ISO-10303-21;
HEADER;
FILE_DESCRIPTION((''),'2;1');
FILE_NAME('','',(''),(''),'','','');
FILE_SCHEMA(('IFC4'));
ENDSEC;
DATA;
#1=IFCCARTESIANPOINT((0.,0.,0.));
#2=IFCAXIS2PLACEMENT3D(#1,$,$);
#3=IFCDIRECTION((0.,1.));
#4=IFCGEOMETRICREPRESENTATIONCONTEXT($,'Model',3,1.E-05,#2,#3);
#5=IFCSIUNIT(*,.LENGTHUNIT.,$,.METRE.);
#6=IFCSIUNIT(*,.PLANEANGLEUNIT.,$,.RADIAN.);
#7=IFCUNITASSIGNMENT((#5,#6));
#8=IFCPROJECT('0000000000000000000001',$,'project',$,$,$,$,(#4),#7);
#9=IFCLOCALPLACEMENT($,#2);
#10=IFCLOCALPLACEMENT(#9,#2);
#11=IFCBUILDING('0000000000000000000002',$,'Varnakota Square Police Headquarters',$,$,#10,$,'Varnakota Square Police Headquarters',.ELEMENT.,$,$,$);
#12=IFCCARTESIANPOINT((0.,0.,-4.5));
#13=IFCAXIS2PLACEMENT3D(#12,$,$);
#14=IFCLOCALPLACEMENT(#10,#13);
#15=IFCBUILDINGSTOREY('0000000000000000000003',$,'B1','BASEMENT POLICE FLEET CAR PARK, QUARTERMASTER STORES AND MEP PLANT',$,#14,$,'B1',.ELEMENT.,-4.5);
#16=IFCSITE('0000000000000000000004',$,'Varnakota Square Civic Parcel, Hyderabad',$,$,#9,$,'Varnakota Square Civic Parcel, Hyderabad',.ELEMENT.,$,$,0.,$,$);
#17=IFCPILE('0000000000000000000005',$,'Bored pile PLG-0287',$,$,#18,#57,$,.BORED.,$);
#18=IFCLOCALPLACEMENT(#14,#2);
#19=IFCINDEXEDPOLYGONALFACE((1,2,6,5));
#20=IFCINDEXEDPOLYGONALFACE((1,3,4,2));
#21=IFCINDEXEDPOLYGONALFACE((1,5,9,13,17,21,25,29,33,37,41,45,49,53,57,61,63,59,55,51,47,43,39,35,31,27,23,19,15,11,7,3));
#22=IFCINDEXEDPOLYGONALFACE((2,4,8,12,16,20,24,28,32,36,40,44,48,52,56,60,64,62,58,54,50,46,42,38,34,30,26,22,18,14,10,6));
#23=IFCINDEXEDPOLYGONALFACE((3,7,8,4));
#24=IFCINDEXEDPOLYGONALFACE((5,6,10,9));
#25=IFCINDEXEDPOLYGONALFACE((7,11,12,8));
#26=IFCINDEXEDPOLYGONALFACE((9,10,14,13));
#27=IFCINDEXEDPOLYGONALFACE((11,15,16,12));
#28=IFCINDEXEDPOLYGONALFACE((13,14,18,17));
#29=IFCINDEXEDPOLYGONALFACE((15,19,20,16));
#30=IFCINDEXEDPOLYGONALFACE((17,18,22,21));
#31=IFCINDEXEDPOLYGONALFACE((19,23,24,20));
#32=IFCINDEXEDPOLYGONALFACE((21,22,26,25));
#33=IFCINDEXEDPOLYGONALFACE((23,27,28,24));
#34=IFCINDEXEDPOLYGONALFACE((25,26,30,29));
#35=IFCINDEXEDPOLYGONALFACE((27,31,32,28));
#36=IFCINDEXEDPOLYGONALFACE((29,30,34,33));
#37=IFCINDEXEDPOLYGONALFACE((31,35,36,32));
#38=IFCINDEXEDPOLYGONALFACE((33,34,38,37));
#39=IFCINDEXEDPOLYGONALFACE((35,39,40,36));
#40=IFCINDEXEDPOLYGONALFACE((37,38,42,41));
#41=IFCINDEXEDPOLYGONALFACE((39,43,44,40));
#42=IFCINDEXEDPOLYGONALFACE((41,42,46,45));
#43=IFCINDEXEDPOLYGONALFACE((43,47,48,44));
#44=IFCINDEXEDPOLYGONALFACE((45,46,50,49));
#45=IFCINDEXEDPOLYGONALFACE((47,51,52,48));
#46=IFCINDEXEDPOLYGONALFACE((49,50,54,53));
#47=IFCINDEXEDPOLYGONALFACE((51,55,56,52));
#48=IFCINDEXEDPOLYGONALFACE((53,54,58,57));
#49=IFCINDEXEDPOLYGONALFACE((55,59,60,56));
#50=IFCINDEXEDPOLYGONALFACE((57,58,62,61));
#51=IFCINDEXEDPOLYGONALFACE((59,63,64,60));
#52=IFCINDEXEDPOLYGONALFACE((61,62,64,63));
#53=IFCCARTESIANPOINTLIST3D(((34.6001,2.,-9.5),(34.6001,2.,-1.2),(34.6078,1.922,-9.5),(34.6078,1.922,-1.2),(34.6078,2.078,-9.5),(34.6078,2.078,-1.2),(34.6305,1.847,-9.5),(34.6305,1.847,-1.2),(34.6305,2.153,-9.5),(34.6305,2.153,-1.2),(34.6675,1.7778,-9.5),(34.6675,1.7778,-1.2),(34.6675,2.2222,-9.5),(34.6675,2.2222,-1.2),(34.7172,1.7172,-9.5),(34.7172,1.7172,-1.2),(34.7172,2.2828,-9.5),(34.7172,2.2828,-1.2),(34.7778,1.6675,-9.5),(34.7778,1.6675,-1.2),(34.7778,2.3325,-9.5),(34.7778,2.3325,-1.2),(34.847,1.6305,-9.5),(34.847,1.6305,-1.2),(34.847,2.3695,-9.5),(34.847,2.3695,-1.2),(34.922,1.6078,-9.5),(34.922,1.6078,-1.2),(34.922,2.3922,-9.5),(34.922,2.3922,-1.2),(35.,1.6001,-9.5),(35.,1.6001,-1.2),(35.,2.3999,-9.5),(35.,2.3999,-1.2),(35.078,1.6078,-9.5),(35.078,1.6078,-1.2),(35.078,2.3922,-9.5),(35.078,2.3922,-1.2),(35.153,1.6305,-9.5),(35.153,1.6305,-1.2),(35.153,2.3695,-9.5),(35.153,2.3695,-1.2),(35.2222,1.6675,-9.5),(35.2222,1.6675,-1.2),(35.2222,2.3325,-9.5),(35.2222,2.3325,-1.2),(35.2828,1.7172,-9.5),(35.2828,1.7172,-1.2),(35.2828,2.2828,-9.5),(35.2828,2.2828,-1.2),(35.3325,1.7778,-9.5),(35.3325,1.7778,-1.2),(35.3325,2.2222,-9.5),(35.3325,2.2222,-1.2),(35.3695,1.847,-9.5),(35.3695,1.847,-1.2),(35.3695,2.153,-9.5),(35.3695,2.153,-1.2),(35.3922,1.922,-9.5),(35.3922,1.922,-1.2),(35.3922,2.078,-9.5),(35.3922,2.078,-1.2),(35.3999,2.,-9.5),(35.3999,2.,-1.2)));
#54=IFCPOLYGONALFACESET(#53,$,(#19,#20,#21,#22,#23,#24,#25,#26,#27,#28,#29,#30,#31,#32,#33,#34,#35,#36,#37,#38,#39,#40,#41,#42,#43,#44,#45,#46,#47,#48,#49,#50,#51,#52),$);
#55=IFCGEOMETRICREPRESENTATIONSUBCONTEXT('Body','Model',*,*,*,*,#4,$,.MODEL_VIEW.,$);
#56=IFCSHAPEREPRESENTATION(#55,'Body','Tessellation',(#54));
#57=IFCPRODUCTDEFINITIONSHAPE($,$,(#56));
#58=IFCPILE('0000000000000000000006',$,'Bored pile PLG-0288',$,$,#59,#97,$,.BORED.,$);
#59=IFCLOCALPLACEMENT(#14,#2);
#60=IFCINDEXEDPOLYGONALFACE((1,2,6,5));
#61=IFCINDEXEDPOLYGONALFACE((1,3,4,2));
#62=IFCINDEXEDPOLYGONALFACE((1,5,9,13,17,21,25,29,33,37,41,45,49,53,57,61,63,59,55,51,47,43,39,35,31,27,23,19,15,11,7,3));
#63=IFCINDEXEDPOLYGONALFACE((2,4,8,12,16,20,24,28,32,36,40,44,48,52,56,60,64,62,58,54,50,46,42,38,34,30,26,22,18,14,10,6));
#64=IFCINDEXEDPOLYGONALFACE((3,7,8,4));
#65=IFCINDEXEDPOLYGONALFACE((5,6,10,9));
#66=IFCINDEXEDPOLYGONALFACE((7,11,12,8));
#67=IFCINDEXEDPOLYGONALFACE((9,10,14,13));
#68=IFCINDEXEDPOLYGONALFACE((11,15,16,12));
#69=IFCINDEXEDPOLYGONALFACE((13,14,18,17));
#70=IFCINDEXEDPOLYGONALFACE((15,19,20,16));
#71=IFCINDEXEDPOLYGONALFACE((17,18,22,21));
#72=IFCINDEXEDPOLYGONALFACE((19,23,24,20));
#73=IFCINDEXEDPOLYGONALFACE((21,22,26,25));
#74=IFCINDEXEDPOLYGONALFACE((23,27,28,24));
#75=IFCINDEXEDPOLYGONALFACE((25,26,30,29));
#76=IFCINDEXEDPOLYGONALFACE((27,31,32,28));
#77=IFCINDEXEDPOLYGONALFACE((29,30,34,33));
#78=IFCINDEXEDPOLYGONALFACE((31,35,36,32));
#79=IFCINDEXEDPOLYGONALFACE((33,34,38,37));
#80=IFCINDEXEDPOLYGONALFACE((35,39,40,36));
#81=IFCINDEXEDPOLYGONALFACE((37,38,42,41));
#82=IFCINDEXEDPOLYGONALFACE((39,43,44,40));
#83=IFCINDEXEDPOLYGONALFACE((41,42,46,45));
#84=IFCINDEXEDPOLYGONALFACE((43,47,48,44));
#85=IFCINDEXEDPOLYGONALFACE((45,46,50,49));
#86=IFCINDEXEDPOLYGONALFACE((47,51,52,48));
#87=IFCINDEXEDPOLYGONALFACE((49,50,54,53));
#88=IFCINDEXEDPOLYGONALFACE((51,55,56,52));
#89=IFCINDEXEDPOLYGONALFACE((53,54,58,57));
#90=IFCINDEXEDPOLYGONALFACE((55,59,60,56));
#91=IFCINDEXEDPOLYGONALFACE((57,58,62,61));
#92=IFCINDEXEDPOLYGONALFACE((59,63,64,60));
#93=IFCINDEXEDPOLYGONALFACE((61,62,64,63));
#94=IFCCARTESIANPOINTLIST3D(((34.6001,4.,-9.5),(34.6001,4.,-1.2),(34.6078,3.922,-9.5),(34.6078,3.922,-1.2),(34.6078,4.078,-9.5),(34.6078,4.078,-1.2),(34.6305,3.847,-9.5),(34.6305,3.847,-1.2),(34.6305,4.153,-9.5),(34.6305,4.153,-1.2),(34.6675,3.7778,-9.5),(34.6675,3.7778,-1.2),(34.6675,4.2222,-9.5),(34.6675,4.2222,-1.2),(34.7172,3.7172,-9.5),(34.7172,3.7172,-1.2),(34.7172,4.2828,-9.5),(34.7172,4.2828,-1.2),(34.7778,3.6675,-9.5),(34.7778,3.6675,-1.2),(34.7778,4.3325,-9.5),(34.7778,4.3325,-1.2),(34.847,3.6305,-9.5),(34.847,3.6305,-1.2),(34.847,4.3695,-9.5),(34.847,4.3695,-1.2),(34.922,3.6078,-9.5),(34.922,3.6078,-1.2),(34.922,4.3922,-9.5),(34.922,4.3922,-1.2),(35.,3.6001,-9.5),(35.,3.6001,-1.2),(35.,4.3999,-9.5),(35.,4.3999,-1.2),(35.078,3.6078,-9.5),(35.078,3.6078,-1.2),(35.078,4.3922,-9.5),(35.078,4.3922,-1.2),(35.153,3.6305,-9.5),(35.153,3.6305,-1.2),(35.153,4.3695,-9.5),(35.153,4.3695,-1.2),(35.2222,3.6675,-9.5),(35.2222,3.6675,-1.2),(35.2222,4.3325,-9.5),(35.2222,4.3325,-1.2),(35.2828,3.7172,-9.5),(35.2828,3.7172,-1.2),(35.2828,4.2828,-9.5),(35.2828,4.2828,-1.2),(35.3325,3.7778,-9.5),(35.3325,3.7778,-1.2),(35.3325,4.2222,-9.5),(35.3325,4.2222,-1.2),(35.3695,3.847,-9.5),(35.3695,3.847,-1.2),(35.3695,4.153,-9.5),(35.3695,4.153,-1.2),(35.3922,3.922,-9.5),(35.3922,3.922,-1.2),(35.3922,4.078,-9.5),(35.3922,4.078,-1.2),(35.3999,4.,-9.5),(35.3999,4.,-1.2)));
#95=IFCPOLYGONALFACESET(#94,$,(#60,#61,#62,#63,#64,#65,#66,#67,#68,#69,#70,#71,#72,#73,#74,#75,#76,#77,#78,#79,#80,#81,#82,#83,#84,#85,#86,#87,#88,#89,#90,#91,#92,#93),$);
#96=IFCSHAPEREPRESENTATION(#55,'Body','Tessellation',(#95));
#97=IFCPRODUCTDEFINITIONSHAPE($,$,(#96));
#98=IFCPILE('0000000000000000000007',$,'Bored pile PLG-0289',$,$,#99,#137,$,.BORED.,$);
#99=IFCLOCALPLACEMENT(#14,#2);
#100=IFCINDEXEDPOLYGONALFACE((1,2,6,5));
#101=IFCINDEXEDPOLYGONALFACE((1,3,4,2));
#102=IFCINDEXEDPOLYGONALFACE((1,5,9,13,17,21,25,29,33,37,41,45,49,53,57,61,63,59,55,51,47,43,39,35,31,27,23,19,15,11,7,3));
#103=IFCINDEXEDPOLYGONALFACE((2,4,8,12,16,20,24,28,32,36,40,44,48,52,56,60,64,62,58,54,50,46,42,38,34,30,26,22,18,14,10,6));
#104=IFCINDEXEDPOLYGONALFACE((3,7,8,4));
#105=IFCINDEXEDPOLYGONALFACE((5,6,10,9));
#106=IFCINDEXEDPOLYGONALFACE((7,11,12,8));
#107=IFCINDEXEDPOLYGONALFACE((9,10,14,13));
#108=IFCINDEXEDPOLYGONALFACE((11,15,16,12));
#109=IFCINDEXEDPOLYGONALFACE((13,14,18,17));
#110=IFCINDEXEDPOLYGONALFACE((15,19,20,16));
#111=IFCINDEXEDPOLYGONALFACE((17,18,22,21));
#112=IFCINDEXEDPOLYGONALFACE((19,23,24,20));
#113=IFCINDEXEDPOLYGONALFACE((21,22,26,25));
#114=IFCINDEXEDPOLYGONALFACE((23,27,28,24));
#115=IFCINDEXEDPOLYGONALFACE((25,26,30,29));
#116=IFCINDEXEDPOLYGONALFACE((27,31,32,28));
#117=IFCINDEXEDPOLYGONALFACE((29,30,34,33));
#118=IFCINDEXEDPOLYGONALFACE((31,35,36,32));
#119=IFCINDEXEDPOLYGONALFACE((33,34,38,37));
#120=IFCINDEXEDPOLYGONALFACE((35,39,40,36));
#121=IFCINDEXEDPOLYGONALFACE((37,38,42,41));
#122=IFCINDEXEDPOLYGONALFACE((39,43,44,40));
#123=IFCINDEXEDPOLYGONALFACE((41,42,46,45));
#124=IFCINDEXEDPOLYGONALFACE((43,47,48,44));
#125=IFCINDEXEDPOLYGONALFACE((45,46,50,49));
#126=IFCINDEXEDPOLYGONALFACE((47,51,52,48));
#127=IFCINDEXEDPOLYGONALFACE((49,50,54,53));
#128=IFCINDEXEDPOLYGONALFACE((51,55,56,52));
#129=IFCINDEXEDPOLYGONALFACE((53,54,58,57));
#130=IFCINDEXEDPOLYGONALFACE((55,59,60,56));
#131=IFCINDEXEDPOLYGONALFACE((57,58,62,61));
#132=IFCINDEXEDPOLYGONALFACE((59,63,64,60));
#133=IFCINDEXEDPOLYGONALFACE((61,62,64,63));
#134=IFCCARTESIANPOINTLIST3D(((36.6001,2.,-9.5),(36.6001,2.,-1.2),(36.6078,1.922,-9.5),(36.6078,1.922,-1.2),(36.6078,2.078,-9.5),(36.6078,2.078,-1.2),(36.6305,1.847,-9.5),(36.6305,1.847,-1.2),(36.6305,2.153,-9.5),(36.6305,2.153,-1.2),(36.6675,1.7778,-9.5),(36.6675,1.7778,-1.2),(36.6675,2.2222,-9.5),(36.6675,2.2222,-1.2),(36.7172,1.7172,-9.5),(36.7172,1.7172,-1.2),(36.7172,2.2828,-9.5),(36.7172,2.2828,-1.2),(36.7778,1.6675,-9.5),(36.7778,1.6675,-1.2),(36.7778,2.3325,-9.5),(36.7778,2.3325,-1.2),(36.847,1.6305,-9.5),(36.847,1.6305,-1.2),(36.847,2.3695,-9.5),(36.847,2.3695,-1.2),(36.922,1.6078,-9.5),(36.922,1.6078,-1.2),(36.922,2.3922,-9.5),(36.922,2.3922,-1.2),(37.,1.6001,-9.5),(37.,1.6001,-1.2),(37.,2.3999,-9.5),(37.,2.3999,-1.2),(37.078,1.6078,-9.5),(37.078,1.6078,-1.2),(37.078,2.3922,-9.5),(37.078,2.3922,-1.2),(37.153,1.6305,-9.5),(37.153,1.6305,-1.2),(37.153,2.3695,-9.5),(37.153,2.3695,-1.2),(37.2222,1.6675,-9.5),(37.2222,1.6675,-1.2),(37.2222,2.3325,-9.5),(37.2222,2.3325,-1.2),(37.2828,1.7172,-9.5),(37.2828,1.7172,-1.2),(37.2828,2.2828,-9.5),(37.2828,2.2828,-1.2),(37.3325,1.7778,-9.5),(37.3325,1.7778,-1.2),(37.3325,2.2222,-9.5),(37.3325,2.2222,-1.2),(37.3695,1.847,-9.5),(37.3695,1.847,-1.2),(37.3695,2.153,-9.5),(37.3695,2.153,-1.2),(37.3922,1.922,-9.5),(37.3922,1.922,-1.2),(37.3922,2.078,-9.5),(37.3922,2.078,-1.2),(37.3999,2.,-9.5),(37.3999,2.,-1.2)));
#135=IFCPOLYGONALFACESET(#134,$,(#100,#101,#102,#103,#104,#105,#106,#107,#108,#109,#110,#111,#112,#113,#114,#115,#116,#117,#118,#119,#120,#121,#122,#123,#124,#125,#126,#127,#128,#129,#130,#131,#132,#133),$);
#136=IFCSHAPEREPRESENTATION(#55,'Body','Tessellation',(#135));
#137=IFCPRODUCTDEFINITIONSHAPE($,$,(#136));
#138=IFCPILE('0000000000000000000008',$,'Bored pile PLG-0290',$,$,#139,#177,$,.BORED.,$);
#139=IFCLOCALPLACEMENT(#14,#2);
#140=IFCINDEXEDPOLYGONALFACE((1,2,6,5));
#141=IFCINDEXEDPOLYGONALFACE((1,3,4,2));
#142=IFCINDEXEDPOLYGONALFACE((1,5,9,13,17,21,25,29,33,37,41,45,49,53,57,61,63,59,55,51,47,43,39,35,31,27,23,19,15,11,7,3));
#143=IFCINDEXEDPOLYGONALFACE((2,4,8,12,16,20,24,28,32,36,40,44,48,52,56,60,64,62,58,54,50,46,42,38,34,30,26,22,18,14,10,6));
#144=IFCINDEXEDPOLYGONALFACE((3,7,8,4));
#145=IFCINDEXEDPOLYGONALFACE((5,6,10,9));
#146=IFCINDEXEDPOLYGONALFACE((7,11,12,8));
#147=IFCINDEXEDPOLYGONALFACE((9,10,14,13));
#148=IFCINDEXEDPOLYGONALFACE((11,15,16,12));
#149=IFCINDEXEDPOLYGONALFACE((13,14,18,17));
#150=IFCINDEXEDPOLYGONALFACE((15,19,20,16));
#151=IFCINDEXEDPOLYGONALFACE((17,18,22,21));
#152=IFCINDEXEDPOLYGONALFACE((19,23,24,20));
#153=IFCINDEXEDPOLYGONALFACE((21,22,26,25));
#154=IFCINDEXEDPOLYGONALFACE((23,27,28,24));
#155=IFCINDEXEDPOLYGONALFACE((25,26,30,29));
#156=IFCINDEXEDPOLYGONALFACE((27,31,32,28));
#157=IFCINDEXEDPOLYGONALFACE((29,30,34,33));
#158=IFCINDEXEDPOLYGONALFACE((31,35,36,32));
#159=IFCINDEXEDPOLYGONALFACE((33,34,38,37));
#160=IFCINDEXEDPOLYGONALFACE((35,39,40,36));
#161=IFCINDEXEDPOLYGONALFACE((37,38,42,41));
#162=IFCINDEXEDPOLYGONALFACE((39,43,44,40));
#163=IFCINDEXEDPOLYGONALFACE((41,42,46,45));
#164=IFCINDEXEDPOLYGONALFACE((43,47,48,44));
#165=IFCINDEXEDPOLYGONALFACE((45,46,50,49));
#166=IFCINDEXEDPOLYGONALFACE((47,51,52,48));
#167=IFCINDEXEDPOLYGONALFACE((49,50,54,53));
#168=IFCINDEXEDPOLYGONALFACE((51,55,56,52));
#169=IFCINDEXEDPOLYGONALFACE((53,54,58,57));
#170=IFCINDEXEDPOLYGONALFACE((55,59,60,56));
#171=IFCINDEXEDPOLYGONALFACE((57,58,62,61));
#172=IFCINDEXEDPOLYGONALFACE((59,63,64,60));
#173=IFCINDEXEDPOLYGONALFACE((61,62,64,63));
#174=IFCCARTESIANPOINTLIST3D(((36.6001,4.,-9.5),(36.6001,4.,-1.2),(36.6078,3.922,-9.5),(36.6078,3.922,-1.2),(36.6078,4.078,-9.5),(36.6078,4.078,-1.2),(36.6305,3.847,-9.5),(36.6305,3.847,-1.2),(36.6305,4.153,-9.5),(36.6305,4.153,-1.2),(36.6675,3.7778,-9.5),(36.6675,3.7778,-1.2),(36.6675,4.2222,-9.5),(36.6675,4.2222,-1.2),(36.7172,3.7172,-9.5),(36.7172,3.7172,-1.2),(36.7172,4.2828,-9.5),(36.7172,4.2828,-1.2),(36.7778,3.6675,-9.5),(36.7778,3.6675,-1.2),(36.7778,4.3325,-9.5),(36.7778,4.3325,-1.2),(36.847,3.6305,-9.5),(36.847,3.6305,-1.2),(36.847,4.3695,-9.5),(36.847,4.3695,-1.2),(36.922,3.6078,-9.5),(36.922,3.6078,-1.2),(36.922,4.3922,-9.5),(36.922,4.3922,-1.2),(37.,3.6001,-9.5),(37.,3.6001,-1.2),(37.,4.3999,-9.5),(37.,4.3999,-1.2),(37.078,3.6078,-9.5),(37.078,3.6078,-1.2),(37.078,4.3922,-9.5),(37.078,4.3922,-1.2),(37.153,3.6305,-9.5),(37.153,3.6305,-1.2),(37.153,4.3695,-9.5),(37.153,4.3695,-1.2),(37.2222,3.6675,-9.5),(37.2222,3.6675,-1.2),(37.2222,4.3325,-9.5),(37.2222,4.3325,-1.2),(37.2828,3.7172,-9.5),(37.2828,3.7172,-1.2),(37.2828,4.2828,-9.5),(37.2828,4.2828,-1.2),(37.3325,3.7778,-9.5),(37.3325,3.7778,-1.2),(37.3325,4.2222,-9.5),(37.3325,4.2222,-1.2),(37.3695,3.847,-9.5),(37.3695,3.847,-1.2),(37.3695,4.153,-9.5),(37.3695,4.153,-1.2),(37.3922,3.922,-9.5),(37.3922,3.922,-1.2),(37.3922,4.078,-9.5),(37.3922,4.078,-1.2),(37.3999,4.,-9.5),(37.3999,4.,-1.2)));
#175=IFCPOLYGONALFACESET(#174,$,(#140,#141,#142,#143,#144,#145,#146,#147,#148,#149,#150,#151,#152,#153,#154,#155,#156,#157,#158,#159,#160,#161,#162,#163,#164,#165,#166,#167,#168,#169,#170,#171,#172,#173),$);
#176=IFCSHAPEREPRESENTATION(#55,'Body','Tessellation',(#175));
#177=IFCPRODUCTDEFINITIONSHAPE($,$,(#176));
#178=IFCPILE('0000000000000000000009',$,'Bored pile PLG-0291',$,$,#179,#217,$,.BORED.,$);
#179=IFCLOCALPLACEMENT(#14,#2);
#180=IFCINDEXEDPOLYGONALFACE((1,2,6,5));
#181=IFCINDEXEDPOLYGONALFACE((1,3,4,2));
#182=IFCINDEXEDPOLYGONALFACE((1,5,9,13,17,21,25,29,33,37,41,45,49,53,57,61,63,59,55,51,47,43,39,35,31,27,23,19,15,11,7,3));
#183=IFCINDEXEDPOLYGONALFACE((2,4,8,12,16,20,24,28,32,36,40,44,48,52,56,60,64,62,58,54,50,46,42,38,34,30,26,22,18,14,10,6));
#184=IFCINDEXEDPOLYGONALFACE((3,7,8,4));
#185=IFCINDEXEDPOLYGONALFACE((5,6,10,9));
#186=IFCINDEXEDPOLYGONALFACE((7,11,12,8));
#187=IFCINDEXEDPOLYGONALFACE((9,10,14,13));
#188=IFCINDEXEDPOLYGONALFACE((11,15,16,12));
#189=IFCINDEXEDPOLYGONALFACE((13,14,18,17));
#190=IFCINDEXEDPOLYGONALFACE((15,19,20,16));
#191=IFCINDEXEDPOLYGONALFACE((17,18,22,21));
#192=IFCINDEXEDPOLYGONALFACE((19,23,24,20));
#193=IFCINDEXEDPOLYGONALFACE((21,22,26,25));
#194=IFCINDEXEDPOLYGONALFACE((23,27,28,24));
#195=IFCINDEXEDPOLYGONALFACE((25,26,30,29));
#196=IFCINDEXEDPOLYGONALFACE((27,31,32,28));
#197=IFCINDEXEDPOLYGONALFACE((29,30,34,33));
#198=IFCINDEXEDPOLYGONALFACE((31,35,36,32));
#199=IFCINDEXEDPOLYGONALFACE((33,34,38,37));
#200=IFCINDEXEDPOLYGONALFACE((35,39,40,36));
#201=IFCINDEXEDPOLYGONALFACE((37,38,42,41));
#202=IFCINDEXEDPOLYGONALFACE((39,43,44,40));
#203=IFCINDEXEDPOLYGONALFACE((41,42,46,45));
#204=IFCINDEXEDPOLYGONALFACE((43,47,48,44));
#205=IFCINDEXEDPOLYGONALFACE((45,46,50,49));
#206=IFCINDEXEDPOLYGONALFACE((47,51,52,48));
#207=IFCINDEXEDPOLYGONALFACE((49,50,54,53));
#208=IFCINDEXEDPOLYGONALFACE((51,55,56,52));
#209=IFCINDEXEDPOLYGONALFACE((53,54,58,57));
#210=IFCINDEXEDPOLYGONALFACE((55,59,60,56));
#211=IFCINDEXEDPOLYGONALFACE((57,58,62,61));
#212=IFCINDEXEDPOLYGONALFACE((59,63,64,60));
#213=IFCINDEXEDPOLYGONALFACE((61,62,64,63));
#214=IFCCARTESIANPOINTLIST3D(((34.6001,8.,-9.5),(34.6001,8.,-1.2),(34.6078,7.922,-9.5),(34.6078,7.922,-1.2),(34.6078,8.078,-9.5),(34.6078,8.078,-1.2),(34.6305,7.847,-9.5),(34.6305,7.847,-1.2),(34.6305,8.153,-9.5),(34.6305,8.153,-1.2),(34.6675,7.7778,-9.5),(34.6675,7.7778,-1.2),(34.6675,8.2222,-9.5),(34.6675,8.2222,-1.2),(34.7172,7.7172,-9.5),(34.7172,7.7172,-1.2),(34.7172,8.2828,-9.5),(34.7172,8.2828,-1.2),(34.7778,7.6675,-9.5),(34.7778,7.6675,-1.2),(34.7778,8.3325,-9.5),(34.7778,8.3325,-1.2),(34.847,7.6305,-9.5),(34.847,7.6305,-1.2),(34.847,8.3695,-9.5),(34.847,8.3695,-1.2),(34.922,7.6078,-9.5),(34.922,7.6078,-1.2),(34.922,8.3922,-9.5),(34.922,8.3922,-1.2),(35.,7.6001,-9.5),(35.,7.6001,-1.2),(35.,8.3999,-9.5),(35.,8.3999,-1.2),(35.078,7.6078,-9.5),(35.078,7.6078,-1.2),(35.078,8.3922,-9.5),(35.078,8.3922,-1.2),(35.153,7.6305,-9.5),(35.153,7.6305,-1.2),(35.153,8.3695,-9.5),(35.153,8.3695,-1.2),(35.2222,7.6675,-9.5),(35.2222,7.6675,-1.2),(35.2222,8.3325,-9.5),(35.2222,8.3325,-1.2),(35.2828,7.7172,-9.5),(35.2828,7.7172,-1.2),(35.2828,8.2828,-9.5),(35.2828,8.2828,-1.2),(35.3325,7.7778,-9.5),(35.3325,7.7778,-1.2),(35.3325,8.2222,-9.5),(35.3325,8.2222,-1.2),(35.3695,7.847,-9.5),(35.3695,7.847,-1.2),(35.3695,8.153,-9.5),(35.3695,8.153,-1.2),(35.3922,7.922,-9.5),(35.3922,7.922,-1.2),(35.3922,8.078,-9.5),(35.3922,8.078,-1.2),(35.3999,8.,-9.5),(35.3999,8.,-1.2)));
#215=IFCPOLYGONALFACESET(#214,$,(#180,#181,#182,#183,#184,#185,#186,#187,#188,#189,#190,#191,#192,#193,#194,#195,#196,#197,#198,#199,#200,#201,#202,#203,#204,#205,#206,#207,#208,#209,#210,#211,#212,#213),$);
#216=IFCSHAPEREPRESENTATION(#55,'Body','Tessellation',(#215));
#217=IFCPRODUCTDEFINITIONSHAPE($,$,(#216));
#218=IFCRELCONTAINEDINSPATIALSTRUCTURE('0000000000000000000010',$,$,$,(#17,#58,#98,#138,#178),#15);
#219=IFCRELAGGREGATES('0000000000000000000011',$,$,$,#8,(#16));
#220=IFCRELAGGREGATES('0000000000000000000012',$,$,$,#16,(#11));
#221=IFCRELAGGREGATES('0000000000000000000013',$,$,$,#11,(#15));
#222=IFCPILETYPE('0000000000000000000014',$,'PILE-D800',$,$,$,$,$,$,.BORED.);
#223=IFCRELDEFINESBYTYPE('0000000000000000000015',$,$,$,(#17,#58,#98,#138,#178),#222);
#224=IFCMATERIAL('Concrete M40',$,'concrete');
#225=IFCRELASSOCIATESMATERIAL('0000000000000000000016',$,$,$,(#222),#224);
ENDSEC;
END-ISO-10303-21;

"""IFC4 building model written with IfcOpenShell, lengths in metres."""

from ifc_helpers import new_model, si_unit, direction, frame, origin, origin_2d, place, context, subcontext, project, spatial, circle, extrude, material, material_profile, profile_set, type_object, element, save


model = new_model("IFC4")

# Units and contexts
model_context = context("Model", 3, precision=1e-05, world=origin(), true_north=direction((0.0, 1.0)))
body_context = subcontext(model_context, "Body", "Model", "MODEL_VIEW")
ifc_project = project(units=[si_unit("LENGTHUNIT", "METRE"), si_unit("PLANEANGLEUNIT", "RADIAN")], contexts=[model_context])

# Site, building, storey
site_placement = place(None, origin())
site = spatial("IfcSite", under=ifc_project, at=site_placement, Name="Varnakota Square Civic Parcel, Hyderabad", LongName="Varnakota Square Civic Parcel, Hyderabad", CompositionType="ELEMENT", RefElevation=0.0)
building_placement = place(site_placement, origin())
building = spatial("IfcBuilding", under=site, at=building_placement, Name="Varnakota Square Police Headquarters", LongName="Varnakota Square Police Headquarters", CompositionType="ELEMENT")
storey_placement = place(building_placement, frame((0.0, 0.0, -4.5)))
storey = spatial("IfcBuildingStorey", under=building, at=storey_placement, Name="B1", Description="BASEMENT POLICE FLEET CAR PARK, QUARTERMASTER STORES AND MEP PLANT", LongName="B1", CompositionType="ELEMENT", Elevation=-4.5)

# Shared definitions
ifc_material_1 = material(Name="Concrete M40", Category="concrete")

# Piles
ifc_material_profile_1 = material_profile(ifc_material_1, circle(Radius=0.3999, at=origin_2d()), Name="BORED PILE 800")
ifc_profile_set_1 = profile_set([ifc_material_profile_1], Name="Concrete M40")
pile_type = type_object("IfcPileType", Name="PILE-D800", PredefinedType="BORED", material=ifc_profile_set_1)
for number, where, z_axis, x_axis, name in (
    (1, (35.0, 2.0, -1.2), (0.0, 0.0, -1.0), (1.0, 0.0, 0.0), "Bored pile PLG-0287"),
    (2, (35.0, 4.0, -1.2), (0.0, 0.0, -1.0), (1.0, 0.0, 0.0), "Bored pile PLG-0288"),
    (3, (37.0, 2.0, -1.2), (0.0, 0.0, -1.0), (1.0, 0.0, 0.0), "Bored pile PLG-0289"),
    (4, (37.0, 4.0, -1.2), (0.0, 0.0, -1.0), (1.0, 0.0, 0.0), "Bored pile PLG-0290"),
    (5, (35.0, 8.0, -1.2), (0.0, 0.0, -1.0), (1.0, 0.0, 0.0), "Bored pile PLG-0291"),
):
    element("IfcPile", number, at=place(storey_placement, frame(where, z_axis=z_axis, x_axis=x_axis)), inside=storey, type_object=pile_type, Name=name, PredefinedType="BORED", context=body_context, shape_type="SweptSolid", body=[
        extrude(circle(Radius=0.3999, at=origin_2d()), origin(), (0.0, 0.0, 1.0), 8.3),
    ])

save(model, "model.ifc")
